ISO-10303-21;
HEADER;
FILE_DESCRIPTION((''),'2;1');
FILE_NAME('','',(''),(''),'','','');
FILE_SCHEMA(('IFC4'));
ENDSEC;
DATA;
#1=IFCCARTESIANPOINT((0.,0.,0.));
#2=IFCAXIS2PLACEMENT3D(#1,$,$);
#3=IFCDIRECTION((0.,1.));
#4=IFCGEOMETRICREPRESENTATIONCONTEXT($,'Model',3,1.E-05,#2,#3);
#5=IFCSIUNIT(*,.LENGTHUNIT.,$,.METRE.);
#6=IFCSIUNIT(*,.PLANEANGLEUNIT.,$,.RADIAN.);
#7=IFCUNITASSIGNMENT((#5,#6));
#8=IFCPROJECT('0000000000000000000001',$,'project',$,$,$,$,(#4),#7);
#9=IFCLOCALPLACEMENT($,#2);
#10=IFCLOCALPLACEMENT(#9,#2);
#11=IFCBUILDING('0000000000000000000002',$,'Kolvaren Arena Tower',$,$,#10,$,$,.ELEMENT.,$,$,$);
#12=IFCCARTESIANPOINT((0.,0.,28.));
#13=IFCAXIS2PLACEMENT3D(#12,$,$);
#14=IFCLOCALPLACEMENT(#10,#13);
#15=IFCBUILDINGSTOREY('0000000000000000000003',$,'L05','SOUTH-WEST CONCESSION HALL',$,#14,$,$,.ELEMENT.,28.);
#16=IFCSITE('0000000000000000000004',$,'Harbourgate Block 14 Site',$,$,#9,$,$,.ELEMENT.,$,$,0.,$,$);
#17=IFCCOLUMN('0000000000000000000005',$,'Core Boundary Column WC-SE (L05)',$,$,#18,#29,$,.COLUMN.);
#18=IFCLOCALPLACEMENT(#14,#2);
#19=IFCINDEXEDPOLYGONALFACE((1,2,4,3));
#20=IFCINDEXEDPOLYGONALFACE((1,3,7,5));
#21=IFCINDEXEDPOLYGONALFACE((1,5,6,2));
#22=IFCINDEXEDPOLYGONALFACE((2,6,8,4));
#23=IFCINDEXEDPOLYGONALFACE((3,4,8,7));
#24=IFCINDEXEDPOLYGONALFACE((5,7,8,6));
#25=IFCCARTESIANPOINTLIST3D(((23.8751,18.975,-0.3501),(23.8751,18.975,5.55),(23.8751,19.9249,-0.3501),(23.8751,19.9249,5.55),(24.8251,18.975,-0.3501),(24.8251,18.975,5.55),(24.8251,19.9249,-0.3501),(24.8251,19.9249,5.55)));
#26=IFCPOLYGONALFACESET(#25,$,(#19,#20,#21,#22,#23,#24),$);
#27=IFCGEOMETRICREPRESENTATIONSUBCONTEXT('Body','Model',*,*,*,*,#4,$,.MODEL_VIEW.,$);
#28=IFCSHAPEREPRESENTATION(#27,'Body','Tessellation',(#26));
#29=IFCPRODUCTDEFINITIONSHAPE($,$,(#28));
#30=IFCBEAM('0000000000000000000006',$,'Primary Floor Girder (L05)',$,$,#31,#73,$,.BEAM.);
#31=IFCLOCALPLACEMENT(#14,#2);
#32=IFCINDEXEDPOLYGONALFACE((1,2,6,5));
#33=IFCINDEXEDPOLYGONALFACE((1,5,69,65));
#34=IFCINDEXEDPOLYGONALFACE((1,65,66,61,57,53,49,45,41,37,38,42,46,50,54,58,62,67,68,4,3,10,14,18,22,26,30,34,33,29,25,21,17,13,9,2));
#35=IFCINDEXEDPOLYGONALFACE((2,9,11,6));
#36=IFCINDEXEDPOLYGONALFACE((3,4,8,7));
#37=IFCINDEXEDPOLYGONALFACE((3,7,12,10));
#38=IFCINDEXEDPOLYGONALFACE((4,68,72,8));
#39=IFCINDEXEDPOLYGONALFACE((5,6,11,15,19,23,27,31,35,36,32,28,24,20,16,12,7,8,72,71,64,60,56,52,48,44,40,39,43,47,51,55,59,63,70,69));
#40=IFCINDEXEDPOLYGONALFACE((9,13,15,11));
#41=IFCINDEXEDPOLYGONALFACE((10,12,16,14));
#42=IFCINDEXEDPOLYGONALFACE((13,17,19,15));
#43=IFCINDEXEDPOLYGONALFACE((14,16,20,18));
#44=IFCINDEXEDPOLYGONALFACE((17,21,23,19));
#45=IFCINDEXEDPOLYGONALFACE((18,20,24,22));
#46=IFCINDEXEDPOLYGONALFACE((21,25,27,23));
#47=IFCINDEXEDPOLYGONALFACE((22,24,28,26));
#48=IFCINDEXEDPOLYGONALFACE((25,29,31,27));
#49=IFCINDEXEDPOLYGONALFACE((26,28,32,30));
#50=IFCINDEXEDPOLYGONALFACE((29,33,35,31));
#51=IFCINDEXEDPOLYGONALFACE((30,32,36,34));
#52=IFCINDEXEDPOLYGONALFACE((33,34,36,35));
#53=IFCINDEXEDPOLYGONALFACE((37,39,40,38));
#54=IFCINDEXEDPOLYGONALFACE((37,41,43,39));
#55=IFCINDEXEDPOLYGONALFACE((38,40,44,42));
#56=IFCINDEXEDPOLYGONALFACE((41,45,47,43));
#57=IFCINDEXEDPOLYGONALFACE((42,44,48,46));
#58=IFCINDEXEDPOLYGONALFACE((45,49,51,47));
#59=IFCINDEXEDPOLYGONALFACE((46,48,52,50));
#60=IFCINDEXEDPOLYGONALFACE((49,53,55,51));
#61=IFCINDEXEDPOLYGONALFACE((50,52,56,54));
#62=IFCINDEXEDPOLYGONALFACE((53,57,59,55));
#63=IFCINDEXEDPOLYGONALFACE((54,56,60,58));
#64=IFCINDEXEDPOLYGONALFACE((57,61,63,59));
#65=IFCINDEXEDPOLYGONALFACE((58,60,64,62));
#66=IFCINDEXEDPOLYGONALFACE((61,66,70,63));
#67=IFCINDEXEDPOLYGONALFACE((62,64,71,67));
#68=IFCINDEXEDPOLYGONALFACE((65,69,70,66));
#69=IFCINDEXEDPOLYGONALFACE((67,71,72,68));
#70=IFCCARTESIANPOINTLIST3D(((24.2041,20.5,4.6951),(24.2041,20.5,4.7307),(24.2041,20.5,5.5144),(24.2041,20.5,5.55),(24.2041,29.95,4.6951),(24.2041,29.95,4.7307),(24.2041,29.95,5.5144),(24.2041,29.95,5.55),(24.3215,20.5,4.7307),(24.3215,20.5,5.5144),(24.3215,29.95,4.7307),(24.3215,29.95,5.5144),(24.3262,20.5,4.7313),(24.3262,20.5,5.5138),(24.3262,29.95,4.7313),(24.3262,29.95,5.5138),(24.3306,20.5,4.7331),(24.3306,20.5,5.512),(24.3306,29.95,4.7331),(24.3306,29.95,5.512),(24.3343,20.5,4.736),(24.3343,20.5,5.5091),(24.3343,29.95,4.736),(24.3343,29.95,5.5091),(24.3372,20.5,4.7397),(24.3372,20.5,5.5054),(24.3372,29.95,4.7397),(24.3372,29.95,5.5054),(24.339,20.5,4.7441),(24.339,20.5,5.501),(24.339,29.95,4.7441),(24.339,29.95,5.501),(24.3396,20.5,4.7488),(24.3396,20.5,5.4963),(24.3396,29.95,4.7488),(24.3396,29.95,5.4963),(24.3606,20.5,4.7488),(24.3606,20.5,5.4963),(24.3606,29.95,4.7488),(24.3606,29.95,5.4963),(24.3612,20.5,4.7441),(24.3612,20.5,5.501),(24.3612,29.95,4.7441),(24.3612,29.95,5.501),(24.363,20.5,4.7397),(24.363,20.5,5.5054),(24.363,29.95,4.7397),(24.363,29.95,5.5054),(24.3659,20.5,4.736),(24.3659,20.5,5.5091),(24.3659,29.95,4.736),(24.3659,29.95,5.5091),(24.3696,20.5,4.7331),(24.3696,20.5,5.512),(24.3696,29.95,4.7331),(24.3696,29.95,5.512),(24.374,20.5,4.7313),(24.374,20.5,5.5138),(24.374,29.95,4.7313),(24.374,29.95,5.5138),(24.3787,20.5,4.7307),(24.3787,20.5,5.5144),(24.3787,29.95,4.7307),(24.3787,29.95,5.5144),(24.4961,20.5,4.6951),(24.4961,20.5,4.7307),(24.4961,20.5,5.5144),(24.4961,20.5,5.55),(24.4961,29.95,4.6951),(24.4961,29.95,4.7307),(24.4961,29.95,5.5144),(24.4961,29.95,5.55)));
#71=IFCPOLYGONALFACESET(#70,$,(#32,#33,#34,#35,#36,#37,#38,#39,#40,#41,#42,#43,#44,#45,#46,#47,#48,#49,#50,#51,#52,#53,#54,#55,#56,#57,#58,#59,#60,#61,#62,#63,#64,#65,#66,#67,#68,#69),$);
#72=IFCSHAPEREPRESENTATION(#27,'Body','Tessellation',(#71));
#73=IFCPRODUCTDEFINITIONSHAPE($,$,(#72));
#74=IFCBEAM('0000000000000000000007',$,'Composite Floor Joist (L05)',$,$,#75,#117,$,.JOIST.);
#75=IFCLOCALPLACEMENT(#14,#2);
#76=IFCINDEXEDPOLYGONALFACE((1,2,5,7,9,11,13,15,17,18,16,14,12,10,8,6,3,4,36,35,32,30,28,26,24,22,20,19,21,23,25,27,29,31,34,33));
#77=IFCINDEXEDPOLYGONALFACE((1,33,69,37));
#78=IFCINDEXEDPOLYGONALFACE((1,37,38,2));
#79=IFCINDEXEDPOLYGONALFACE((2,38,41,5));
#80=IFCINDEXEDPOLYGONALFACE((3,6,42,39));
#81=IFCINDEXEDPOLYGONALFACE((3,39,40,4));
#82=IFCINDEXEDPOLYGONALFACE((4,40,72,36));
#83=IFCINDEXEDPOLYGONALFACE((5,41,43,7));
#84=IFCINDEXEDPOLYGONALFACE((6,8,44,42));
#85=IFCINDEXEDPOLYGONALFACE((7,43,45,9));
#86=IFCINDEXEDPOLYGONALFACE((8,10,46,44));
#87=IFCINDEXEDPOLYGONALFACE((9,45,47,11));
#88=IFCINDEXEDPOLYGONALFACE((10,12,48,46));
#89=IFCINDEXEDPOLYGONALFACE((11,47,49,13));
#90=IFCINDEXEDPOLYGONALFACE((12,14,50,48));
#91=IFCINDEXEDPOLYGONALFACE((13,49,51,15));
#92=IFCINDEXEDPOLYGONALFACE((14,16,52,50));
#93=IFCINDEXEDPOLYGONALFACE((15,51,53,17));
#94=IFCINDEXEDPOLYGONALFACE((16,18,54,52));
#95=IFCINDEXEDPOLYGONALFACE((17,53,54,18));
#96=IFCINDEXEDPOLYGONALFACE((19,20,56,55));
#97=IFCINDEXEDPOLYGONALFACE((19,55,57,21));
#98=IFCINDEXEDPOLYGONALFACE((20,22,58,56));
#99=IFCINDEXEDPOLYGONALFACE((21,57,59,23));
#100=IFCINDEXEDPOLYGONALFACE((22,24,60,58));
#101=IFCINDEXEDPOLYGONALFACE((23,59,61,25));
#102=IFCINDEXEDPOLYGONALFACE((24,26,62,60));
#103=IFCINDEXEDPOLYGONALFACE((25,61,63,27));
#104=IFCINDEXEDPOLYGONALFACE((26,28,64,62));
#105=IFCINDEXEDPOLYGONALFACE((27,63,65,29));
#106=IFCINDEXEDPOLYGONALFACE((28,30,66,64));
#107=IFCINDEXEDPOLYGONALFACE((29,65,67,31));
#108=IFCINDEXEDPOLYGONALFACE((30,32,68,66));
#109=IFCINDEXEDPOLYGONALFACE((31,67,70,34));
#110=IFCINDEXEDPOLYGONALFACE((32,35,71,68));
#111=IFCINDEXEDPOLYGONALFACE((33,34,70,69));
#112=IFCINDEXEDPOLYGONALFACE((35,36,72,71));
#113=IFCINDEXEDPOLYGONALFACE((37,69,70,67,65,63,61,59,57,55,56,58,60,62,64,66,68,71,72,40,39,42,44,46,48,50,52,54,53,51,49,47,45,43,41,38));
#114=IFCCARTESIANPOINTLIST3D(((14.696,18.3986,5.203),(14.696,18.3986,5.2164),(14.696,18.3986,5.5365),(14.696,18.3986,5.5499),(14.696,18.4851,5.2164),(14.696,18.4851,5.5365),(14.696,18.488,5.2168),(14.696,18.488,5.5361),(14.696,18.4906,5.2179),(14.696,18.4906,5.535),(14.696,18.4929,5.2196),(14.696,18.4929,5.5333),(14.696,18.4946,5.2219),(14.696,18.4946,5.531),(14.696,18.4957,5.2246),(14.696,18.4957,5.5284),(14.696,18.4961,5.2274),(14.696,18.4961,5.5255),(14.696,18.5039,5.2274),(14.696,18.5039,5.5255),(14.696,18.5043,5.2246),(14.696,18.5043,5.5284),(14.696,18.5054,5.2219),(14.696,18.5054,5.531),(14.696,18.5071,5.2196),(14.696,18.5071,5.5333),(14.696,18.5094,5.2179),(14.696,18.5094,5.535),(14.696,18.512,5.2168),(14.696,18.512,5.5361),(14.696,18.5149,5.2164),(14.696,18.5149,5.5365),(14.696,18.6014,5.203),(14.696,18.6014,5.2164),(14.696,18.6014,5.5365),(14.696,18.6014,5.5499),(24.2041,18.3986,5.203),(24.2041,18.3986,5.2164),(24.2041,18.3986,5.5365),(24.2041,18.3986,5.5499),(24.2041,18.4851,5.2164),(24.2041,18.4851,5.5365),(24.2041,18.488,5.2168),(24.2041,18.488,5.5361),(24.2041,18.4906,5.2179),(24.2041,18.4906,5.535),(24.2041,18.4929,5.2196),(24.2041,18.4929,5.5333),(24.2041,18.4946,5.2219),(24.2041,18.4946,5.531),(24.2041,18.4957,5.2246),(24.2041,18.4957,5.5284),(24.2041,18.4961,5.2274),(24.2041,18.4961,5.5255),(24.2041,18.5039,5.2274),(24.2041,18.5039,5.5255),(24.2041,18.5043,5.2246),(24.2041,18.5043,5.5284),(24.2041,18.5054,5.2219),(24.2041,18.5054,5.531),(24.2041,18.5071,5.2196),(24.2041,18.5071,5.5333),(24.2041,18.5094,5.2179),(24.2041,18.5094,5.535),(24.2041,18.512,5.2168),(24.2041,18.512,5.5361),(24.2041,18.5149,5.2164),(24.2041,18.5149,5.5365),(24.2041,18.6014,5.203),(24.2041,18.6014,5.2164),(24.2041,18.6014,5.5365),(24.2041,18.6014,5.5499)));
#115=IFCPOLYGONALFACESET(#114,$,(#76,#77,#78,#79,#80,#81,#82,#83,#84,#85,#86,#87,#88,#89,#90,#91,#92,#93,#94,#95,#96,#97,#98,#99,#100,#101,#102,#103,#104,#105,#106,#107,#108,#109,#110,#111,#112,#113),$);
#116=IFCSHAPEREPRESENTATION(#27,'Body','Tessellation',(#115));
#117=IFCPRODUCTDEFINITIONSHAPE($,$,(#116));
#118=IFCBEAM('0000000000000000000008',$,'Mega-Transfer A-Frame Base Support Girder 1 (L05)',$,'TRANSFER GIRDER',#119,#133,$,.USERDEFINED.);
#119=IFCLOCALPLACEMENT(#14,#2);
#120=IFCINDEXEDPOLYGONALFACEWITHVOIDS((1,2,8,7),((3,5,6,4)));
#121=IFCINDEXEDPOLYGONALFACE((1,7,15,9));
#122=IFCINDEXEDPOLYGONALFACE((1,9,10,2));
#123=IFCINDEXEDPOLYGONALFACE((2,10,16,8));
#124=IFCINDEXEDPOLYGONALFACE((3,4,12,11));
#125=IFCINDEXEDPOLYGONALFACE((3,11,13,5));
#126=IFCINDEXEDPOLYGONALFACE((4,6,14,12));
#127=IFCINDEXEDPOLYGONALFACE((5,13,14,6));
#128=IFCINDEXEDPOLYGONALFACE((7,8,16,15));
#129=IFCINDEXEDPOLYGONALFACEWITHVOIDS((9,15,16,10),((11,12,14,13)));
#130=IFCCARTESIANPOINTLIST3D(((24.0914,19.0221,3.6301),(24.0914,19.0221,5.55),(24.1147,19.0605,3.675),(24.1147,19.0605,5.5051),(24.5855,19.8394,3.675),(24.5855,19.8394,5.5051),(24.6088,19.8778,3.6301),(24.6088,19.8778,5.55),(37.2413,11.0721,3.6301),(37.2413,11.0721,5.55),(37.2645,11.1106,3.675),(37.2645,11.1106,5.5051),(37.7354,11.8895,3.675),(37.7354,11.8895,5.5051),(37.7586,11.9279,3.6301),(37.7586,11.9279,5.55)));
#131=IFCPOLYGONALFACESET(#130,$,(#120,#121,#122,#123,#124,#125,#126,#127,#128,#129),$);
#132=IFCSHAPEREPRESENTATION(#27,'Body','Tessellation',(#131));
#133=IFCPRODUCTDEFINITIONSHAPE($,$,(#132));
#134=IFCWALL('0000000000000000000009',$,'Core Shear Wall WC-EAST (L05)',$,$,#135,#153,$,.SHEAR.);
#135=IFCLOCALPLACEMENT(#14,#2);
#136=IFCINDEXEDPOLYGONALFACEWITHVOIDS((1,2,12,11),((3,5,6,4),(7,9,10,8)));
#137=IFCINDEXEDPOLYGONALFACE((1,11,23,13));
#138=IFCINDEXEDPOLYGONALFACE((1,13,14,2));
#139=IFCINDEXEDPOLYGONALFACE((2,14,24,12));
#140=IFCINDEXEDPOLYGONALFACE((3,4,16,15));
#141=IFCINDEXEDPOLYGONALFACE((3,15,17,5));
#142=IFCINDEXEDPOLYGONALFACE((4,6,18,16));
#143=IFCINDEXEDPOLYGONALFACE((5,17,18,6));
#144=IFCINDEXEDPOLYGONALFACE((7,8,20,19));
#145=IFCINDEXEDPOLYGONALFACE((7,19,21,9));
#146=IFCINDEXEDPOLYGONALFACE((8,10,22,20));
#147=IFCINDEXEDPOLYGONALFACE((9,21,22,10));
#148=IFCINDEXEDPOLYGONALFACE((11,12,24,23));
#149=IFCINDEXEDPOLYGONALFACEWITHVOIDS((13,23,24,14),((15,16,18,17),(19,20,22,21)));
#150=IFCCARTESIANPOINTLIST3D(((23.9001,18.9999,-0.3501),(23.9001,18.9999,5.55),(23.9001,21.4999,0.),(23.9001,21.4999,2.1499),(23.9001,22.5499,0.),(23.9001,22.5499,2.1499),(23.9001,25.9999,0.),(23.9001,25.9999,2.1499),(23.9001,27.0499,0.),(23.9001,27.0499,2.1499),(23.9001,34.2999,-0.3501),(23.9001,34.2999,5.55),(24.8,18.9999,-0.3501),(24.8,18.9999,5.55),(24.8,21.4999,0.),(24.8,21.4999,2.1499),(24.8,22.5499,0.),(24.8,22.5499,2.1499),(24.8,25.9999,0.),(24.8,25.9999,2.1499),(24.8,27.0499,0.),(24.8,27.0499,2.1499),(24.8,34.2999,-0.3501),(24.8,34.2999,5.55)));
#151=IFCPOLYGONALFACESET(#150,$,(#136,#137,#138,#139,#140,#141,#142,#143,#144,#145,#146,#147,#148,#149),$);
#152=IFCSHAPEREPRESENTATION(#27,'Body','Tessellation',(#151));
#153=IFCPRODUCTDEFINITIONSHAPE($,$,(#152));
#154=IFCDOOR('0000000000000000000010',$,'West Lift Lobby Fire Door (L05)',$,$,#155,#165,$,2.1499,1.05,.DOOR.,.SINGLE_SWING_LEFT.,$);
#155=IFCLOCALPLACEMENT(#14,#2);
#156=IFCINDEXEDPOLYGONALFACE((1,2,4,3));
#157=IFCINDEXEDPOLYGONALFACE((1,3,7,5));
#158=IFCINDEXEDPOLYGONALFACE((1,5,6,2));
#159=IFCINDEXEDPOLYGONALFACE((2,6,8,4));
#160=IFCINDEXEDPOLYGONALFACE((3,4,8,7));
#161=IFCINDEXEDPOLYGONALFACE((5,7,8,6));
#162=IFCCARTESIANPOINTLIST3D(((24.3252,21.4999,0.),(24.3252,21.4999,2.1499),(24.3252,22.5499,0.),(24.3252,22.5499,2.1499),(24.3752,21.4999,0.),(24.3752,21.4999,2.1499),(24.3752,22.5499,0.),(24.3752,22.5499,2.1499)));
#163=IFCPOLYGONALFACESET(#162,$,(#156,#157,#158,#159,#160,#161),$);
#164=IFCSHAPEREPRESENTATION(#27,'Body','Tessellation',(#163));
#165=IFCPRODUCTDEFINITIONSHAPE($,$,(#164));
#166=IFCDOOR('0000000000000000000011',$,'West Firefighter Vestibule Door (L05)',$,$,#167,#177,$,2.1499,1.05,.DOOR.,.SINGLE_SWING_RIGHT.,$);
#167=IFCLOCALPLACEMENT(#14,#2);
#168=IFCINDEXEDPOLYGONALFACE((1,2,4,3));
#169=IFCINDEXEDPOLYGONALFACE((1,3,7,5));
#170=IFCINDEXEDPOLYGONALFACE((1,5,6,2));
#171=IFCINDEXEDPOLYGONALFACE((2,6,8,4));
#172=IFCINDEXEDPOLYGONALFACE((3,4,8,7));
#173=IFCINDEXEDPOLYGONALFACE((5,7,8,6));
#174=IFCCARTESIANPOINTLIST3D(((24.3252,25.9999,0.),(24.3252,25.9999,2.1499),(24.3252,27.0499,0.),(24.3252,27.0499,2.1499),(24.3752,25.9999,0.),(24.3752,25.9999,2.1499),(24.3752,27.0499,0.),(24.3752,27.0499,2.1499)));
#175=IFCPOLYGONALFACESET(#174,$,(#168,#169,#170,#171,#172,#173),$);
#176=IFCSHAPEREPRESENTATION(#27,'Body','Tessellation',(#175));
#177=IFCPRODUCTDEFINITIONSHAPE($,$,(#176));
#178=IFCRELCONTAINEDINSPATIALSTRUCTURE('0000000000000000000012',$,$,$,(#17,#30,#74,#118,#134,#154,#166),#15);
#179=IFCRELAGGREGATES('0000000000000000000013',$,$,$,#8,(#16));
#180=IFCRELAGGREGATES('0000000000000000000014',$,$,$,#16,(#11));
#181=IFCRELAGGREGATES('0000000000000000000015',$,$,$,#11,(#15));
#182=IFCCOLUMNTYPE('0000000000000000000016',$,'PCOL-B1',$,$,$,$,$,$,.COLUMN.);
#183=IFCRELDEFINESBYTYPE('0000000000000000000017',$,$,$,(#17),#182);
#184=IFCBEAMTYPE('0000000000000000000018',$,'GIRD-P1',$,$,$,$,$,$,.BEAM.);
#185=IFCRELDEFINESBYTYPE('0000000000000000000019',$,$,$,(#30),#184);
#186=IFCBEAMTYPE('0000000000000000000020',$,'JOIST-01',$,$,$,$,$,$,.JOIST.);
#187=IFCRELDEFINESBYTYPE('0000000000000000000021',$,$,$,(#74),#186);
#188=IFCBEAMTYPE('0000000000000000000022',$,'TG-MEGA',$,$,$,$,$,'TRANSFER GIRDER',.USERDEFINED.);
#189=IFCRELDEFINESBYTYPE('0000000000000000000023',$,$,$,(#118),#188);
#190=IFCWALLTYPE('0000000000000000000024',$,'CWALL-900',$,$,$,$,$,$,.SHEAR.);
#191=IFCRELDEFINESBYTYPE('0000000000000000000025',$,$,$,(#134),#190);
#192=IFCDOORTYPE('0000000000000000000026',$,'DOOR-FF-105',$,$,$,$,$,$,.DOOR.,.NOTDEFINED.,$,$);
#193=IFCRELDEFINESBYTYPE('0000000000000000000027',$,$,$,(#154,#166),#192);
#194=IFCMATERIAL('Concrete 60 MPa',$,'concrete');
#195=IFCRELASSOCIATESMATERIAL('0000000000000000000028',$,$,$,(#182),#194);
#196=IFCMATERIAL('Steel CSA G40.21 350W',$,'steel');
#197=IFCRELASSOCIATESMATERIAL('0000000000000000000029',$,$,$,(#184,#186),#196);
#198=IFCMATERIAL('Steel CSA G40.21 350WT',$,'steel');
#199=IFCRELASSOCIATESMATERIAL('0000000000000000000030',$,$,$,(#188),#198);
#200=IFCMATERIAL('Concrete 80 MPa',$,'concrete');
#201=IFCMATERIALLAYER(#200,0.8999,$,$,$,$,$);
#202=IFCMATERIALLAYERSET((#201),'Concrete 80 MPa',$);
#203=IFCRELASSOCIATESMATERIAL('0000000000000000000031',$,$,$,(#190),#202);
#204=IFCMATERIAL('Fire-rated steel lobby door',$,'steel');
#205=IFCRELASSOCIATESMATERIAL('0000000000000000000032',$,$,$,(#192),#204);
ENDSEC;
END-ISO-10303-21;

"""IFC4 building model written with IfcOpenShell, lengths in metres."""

from ifc_helpers import new_model, si_unit, direction, frame, frame_2d, origin, origin_2d, place, context, subcontext, project, spatial, rectangle, hollow_rectangle, i_section, extrude, material, layer, layer_set, material_profile, profile_set, type_object, element, fill, save


model = new_model("IFC4")

# Units and contexts
model_context = context("Model", 3, precision=1e-05, world=origin(), true_north=direction((0.0, 1.0)))
body_context = subcontext(model_context, "Body", "Model", "MODEL_VIEW")
ifc_project = project(units=[si_unit("LENGTHUNIT", "METRE"), si_unit("PLANEANGLEUNIT", "RADIAN")], contexts=[model_context])

# Site, building, storey
site_placement = place(None, origin())
site = spatial("IfcSite", under=ifc_project, at=site_placement, Name="Harbourgate Block 14 Site", CompositionType="ELEMENT", RefElevation=0.0)
building_placement = place(site_placement, origin())
building = spatial("IfcBuilding", under=site, at=building_placement, Name="Kolvaren Arena Tower", CompositionType="ELEMENT")
storey_placement = place(building_placement, frame((0.0, 0.0, 28.0)))
storey = spatial("IfcBuildingStorey", under=building, at=storey_placement, Name="L05", Description="SOUTH-WEST CONCESSION HALL", CompositionType="ELEMENT", Elevation=28.0)

# Column
ifc_material_1 = material(Name="Concrete 60 MPa", Category="concrete")
ifc_material_profile_1 = material_profile(ifc_material_1, rectangle(XDim=0.95, YDim=0.95, at=origin_2d()), Name="RC-950x950")
ifc_profile_set_1 = profile_set([ifc_material_profile_1], Name="Concrete 60 MPa")
column_type = type_object("IfcColumnType", Name="PCOL-B1", PredefinedType="COLUMN", material=ifc_profile_set_1)
column_placement = place(storey_placement, frame((24.3501, 19.45, -0.3501), z_axis=(0.0, 0.0, 1.0), x_axis=(1.0, 0.0, 0.0)))
element("IfcColumn", 1, at=column_placement, inside=storey, type_object=column_type, Name="Core Boundary Column WC-SE (L05)", PredefinedType="COLUMN", context=body_context, shape_type="SweptSolid", body=[
    extrude(rectangle(XDim=0.95, YDim=0.95, at=origin_2d()), origin(), (0.0, 0.0, 1.0), 5.9001),
])

# Beams
ifc_material_2 = material(Name="Steel CSA G40.21 350W", Category="steel")
ifc_material_profile_2 = material_profile(ifc_material_2, i_section(OverallWidth=0.292, OverallDepth=0.855, WebThickness=0.021, FlangeThickness=0.0356, FilletRadius=0.0181, at=origin_2d()), Name="W840x299")
ifc_profile_set_2 = profile_set([ifc_material_profile_2], Name="Steel CSA G40.21 350W")
beam_type_1 = type_object("IfcBeamType", Name="GIRD-P1", PredefinedType="BEAM", material=ifc_profile_set_2)
beam_1_placement = place(storey_placement, frame((24.3501, 20.5, 5.1226), z_axis=(0.0, 1.0, 0.0), x_axis=(-1.0, 0.0, 0.0)))
element("IfcBeam", 2, at=beam_1_placement, inside=storey, type_object=beam_type_1, Name="Primary Floor Girder (L05)", PredefinedType="BEAM", context=body_context, shape_type="SweptSolid", body=[
    extrude(i_section(OverallWidth=0.292, OverallDepth=0.855, WebThickness=0.021, FlangeThickness=0.0356, FilletRadius=0.0181, at=origin_2d()), origin(), (0.0, 0.0, 1.0), 9.45),
])
ifc_material_profile_3 = material_profile(ifc_material_2, i_section(OverallWidth=0.2029, OverallDepth=0.3469, WebThickness=0.0078, FlangeThickness=0.0134, FilletRadius=0.011, at=origin_2d()), Name="W360x64")
ifc_profile_set_3 = profile_set([ifc_material_profile_3], Name="Steel CSA G40.21 350W")
beam_type_2 = type_object("IfcBeamType", Name="JOIST-01", PredefinedType="JOIST", material=ifc_profile_set_3)
beam_2_placement = place(storey_placement, frame((14.696, 18.5, 5.3765), z_axis=(1.0, 0.0, 0.0), x_axis=(0.0, 1.0, 0.0)))
element("IfcBeam", 3, at=beam_2_placement, inside=storey, type_object=beam_type_2, Name="Composite Floor Joist (L05)", PredefinedType="JOIST", context=body_context, shape_type="SweptSolid", body=[
    extrude(i_section(OverallWidth=0.2029, OverallDepth=0.3469, WebThickness=0.0078, FlangeThickness=0.0134, FilletRadius=0.011, at=origin_2d()), origin(), (0.0, 0.0, 1.0), 9.5081),
])
ifc_material_3 = material(Name="Steel CSA G40.21 350WT", Category="steel")
ifc_material_profile_4 = material_profile(ifc_material_3, hollow_rectangle(XDim=1.0, YDim=1.9199, WallThickness=0.0449, at=origin_2d()), Name="BOX 1000x1920x45")
ifc_profile_set_4 = profile_set([ifc_material_profile_4], Name="Steel CSA G40.21 350WT")
beam_type_3 = type_object("IfcBeamType", Name="TG-MEGA", ElementType="TRANSFER GIRDER", PredefinedType="USERDEFINED", material=ifc_profile_set_4)
beam_3_placement = place(storey_placement, frame((24.3501, 19.45, 4.5901), z_axis=(0.855765, -0.517364, 0.0), x_axis=(0.517364, 0.855765, 0.0)))
element("IfcBeam", 4, at=beam_3_placement, inside=storey, type_object=beam_type_3, Name="Mega-Transfer A-Frame Base Support Girder 1 (L05)", ObjectType="TRANSFER GIRDER", PredefinedType="USERDEFINED", context=body_context, shape_type="SweptSolid", body=[
    extrude(hollow_rectangle(XDim=1.0, YDim=1.9199, WallThickness=0.0449, at=origin_2d()), origin(), (0.0, 0.0, 1.0), 15.3662),
])

# Wall, openings, doors
ifc_material_4 = material(Name="Concrete 80 MPa", Category="concrete")
ifc_layer_1 = layer(ifc_material_4, 0.8999)
ifc_layer_set_1 = layer_set([ifc_layer_1], Name="Concrete 80 MPa")
wall_type_1 = type_object("IfcWallType", Name="CWALL-900", PredefinedType="SHEAR", material=ifc_layer_set_1)
wall_1_placement = place(storey_placement, frame((24.3501, 19.0, -0.3501), z_axis=(0.0, 0.0, 1.0), x_axis=(0.0, 1.0, 0.0)))
wall_1 = element("IfcWall", 5, at=wall_1_placement, inside=storey, type_object=wall_type_1, Name="Core Shear Wall WC-EAST (L05)", PredefinedType="SHEAR", context=body_context, shape_type="SweptSolid", body=[
    extrude(rectangle(XDim=15.3, YDim=0.8999, at=frame_2d((7.6499, 0.0))), origin(), (0.0, 0.0, 1.0), 5.9001),
])
opening_1_placement = place(wall_1_placement, frame((2.5, 0.0, 0.3501)))
opening_1 = element("IfcOpeningElement", 6, at=opening_1_placement, cuts=wall_1, PredefinedType="OPENING", context=body_context, shape_type="SweptSolid", body=[
    extrude(rectangle(XDim=1.05, YDim=2.1499, at=frame_2d((0.5249, 1.075))), frame((0.0, 0.46, 0.0), z_axis=(0.0, -1.0, 0.0), x_axis=(1.0, 0.0, 0.0)), (0.0, 0.0, 1.0), 0.9199),
])
opening_2_placement = place(wall_1_placement, frame((7.0, 0.0, 0.3501)))
opening_2 = element("IfcOpeningElement", 7, at=opening_2_placement, cuts=wall_1, PredefinedType="OPENING", context=body_context, shape_type="SweptSolid", body=[
    extrude(rectangle(XDim=1.05, YDim=2.1499, at=frame_2d((0.5249, 1.075))), frame((0.0, 0.46, 0.0), z_axis=(0.0, -1.0, 0.0), x_axis=(1.0, 0.0, 0.0)), (0.0, 0.0, 1.0), 0.9199),
])
ifc_material_5 = material(Name="Fire-rated steel lobby door", Category="steel")
door_type = type_object("IfcDoorType", Name="DOOR-FF-105", OperationType="NOTDEFINED", PredefinedType="DOOR", material=ifc_material_5)
door_1_placement = place(opening_1_placement, origin())
door_1 = element("IfcDoor", 8, at=door_1_placement, inside=storey, type_object=door_type, Name="West Lift Lobby Fire Door (L05)", OperationType="SINGLE_SWING_LEFT", OverallHeight=2.1499, OverallWidth=1.05, PredefinedType="DOOR", context=body_context, shape_type="SweptSolid", body=[
    extrude(rectangle(XDim=1.05, YDim=2.1499, at=frame_2d((0.5249, 1.075))), frame((0.0, 0.0249, 0.0), z_axis=(0.0, -1.0, 0.0), x_axis=(1.0, 0.0, 0.0)), (0.0, 0.0, 1.0), 0.05),
])
fill(opening_1, door_1)
door_2_placement = place(opening_2_placement, origin())
door_2 = element("IfcDoor", 9, at=door_2_placement, inside=storey, type_object=door_type, Name="West Firefighter Vestibule Door (L05)", OperationType="SINGLE_SWING_RIGHT", OverallHeight=2.1499, OverallWidth=1.05, PredefinedType="DOOR", context=body_context, shape_type="SweptSolid", body=[
    extrude(rectangle(XDim=1.05, YDim=2.1499, at=frame_2d((0.5249, 1.075))), frame((0.0, 0.0249, 0.0), z_axis=(0.0, -1.0, 0.0), x_axis=(1.0, 0.0, 0.0)), (0.0, 0.0, 1.0), 0.05),
])
fill(opening_2, door_2)

save(model, "model.ifc")
